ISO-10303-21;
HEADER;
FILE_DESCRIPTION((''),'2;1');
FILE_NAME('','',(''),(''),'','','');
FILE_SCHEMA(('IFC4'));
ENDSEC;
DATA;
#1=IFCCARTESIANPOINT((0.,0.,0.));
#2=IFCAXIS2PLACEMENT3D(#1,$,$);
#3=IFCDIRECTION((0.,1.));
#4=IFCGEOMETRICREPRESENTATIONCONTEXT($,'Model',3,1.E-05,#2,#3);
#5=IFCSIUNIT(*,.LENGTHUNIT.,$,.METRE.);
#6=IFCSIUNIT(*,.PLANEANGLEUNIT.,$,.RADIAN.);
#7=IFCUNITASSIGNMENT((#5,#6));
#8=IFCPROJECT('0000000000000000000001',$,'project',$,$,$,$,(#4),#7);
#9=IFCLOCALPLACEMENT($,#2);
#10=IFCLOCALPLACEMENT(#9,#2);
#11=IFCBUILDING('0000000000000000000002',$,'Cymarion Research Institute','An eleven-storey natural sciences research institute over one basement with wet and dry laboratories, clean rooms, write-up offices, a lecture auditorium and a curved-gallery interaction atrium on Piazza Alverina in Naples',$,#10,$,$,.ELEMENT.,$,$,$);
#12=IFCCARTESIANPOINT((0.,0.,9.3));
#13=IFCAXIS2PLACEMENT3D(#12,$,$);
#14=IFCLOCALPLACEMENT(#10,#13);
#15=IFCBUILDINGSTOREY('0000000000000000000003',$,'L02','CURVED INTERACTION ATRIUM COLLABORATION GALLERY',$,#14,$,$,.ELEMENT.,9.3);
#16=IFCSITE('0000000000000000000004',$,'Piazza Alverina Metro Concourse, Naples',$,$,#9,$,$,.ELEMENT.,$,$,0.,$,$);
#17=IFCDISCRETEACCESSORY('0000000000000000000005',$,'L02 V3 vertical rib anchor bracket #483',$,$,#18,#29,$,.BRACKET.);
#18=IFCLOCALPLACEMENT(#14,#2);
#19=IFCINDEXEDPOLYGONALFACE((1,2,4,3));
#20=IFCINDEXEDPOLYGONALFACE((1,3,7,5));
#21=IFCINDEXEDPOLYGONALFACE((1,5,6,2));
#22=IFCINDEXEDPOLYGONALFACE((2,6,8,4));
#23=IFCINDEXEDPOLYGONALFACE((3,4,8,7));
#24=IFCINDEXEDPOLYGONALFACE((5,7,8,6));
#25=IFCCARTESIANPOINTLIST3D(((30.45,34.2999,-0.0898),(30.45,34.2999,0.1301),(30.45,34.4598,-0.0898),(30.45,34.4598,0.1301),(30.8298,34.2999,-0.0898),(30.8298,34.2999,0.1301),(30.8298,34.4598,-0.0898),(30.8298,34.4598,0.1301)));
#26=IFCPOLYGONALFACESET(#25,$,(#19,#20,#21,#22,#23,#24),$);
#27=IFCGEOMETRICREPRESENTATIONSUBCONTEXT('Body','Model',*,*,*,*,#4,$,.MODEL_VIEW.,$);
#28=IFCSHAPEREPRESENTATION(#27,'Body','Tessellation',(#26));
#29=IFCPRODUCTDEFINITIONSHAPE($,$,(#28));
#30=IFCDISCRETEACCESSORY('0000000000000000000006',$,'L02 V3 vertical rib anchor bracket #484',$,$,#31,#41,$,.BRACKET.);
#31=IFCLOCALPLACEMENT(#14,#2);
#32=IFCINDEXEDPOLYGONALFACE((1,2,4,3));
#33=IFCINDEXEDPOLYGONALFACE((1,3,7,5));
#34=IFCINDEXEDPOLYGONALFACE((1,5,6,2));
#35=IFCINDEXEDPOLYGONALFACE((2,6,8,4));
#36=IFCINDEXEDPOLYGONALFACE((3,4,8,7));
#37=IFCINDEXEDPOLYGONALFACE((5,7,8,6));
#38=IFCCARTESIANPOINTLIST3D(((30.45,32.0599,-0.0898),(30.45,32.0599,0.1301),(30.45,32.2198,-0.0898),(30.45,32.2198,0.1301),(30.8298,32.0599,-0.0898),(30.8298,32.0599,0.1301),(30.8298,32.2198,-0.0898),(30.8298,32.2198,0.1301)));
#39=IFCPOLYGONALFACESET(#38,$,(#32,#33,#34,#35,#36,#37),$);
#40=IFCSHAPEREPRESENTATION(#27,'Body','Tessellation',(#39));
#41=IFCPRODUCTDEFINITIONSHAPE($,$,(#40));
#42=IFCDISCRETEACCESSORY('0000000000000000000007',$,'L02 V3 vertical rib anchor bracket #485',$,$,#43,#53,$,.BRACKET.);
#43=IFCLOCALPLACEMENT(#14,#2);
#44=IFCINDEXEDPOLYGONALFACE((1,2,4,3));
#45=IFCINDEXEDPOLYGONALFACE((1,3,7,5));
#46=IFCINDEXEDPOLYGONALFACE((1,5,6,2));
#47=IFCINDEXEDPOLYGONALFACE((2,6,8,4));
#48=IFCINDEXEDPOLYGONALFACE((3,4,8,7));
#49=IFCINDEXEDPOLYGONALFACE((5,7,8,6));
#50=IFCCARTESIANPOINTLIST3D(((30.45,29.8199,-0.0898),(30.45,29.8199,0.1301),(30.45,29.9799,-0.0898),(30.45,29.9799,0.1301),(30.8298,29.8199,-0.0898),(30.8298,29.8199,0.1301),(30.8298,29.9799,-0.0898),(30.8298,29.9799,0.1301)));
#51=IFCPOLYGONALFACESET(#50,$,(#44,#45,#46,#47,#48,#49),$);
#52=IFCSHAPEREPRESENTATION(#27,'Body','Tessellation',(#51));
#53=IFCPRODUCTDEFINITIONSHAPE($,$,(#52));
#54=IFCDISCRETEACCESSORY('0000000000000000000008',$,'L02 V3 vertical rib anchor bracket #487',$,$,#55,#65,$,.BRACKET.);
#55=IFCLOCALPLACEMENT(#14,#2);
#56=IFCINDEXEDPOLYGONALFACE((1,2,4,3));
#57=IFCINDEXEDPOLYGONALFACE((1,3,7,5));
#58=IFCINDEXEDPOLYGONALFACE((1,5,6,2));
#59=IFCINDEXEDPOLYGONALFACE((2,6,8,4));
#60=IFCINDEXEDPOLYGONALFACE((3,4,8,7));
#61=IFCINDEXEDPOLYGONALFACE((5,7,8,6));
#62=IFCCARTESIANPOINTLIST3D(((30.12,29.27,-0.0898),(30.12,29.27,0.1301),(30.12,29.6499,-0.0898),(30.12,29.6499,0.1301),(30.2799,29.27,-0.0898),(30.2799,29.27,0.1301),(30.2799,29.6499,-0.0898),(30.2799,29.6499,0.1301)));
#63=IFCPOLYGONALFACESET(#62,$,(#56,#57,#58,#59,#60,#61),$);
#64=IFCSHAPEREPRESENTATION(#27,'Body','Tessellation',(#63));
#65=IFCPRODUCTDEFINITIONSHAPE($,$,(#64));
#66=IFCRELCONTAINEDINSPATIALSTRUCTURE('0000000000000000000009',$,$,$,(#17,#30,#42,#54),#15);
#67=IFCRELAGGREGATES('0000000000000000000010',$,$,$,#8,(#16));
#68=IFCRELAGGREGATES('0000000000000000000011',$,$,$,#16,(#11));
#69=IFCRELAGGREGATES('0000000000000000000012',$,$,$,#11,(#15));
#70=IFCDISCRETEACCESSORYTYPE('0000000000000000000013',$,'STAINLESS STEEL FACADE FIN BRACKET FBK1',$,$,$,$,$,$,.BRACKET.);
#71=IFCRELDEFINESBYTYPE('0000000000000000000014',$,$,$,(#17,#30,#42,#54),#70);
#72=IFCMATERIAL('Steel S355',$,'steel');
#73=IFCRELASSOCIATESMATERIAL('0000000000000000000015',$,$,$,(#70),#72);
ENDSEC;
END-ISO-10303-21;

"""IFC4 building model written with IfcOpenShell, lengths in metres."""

from ifc_helpers import new_model, si_unit, direction, frame, origin, origin_2d, place, context, subcontext, project, spatial, rectangle, extrude, material, type_object, element, save


model = new_model("IFC4")

# Units and contexts
model_context = context("Model", 3, precision=1e-05, world=origin(), true_north=direction((0.0, 1.0)))
body_context = subcontext(model_context, "Body", "Model", "MODEL_VIEW")
ifc_project = project(units=[si_unit("LENGTHUNIT", "METRE"), si_unit("PLANEANGLEUNIT", "RADIAN")], contexts=[model_context])

# Site, building, storey
site_placement = place(None, origin())
site = spatial("IfcSite", under=ifc_project, at=site_placement, Name="Piazza Alverina Metro Concourse, Naples", CompositionType="ELEMENT", RefElevation=0.0)
building_placement = place(site_placement, origin())
building = spatial("IfcBuilding", under=site, at=building_placement, Name="Cymarion Research Institute", Description="An eleven-storey natural sciences research institute over one basement with wet and dry laboratories, clean rooms, write-up offices, a lecture auditorium and a curved-gallery interaction atrium on Piazza Alverina in Naples", CompositionType="ELEMENT")
storey_placement = place(building_placement, frame((0.0, 0.0, 9.3)))
storey = spatial("IfcBuildingStorey", under=building, at=storey_placement, Name="L02", Description="CURVED INTERACTION ATRIUM COLLABORATION GALLERY", CompositionType="ELEMENT", Elevation=9.3)

# Shared definitions
ifc_material_1 = material(Name="Steel S355", Category="steel")

# Discrete accessories
discrete_accessory_type = type_object("IfcDiscreteAccessoryType", Name="STAINLESS STEEL FACADE FIN BRACKET FBK1", PredefinedType="BRACKET", material=ifc_material_1)
for number, where, z_axis, x_axis, name in (
    (1, (30.6399, 34.3799, -0.0898), (0.0, 0.0, 1.0), (-1.0, 0.0, 0.0), "L02 V3 vertical rib anchor bracket #483"),
    (2, (30.6399, 32.1399, -0.0898), (0.0, 0.0, 1.0), (-1.0, 0.0, 0.0), "L02 V3 vertical rib anchor bracket #484"),
    (3, (30.6399, 29.8999, -0.0898), (0.0, 0.0, 1.0), (-1.0, 0.0, 0.0), "L02 V3 vertical rib anchor bracket #485"),
    (4, (30.2, 29.46, -0.0898), (0.0, 0.0, 1.0), (0.0, 1.0, 0.0), "L02 V3 vertical rib anchor bracket #487"),
):
    element("IfcDiscreteAccessory", number, at=place(storey_placement, frame(where, z_axis=z_axis, x_axis=x_axis)), inside=storey, type_object=discrete_accessory_type, Name=name, PredefinedType="BRACKET", context=body_context, shape_type="SweptSolid", body=[
        extrude(rectangle(XDim=0.3799, YDim=0.1599, at=origin_2d()), origin(), (0.0, 0.0, 1.0), 0.22),
    ])

save(model, "model.ifc")
